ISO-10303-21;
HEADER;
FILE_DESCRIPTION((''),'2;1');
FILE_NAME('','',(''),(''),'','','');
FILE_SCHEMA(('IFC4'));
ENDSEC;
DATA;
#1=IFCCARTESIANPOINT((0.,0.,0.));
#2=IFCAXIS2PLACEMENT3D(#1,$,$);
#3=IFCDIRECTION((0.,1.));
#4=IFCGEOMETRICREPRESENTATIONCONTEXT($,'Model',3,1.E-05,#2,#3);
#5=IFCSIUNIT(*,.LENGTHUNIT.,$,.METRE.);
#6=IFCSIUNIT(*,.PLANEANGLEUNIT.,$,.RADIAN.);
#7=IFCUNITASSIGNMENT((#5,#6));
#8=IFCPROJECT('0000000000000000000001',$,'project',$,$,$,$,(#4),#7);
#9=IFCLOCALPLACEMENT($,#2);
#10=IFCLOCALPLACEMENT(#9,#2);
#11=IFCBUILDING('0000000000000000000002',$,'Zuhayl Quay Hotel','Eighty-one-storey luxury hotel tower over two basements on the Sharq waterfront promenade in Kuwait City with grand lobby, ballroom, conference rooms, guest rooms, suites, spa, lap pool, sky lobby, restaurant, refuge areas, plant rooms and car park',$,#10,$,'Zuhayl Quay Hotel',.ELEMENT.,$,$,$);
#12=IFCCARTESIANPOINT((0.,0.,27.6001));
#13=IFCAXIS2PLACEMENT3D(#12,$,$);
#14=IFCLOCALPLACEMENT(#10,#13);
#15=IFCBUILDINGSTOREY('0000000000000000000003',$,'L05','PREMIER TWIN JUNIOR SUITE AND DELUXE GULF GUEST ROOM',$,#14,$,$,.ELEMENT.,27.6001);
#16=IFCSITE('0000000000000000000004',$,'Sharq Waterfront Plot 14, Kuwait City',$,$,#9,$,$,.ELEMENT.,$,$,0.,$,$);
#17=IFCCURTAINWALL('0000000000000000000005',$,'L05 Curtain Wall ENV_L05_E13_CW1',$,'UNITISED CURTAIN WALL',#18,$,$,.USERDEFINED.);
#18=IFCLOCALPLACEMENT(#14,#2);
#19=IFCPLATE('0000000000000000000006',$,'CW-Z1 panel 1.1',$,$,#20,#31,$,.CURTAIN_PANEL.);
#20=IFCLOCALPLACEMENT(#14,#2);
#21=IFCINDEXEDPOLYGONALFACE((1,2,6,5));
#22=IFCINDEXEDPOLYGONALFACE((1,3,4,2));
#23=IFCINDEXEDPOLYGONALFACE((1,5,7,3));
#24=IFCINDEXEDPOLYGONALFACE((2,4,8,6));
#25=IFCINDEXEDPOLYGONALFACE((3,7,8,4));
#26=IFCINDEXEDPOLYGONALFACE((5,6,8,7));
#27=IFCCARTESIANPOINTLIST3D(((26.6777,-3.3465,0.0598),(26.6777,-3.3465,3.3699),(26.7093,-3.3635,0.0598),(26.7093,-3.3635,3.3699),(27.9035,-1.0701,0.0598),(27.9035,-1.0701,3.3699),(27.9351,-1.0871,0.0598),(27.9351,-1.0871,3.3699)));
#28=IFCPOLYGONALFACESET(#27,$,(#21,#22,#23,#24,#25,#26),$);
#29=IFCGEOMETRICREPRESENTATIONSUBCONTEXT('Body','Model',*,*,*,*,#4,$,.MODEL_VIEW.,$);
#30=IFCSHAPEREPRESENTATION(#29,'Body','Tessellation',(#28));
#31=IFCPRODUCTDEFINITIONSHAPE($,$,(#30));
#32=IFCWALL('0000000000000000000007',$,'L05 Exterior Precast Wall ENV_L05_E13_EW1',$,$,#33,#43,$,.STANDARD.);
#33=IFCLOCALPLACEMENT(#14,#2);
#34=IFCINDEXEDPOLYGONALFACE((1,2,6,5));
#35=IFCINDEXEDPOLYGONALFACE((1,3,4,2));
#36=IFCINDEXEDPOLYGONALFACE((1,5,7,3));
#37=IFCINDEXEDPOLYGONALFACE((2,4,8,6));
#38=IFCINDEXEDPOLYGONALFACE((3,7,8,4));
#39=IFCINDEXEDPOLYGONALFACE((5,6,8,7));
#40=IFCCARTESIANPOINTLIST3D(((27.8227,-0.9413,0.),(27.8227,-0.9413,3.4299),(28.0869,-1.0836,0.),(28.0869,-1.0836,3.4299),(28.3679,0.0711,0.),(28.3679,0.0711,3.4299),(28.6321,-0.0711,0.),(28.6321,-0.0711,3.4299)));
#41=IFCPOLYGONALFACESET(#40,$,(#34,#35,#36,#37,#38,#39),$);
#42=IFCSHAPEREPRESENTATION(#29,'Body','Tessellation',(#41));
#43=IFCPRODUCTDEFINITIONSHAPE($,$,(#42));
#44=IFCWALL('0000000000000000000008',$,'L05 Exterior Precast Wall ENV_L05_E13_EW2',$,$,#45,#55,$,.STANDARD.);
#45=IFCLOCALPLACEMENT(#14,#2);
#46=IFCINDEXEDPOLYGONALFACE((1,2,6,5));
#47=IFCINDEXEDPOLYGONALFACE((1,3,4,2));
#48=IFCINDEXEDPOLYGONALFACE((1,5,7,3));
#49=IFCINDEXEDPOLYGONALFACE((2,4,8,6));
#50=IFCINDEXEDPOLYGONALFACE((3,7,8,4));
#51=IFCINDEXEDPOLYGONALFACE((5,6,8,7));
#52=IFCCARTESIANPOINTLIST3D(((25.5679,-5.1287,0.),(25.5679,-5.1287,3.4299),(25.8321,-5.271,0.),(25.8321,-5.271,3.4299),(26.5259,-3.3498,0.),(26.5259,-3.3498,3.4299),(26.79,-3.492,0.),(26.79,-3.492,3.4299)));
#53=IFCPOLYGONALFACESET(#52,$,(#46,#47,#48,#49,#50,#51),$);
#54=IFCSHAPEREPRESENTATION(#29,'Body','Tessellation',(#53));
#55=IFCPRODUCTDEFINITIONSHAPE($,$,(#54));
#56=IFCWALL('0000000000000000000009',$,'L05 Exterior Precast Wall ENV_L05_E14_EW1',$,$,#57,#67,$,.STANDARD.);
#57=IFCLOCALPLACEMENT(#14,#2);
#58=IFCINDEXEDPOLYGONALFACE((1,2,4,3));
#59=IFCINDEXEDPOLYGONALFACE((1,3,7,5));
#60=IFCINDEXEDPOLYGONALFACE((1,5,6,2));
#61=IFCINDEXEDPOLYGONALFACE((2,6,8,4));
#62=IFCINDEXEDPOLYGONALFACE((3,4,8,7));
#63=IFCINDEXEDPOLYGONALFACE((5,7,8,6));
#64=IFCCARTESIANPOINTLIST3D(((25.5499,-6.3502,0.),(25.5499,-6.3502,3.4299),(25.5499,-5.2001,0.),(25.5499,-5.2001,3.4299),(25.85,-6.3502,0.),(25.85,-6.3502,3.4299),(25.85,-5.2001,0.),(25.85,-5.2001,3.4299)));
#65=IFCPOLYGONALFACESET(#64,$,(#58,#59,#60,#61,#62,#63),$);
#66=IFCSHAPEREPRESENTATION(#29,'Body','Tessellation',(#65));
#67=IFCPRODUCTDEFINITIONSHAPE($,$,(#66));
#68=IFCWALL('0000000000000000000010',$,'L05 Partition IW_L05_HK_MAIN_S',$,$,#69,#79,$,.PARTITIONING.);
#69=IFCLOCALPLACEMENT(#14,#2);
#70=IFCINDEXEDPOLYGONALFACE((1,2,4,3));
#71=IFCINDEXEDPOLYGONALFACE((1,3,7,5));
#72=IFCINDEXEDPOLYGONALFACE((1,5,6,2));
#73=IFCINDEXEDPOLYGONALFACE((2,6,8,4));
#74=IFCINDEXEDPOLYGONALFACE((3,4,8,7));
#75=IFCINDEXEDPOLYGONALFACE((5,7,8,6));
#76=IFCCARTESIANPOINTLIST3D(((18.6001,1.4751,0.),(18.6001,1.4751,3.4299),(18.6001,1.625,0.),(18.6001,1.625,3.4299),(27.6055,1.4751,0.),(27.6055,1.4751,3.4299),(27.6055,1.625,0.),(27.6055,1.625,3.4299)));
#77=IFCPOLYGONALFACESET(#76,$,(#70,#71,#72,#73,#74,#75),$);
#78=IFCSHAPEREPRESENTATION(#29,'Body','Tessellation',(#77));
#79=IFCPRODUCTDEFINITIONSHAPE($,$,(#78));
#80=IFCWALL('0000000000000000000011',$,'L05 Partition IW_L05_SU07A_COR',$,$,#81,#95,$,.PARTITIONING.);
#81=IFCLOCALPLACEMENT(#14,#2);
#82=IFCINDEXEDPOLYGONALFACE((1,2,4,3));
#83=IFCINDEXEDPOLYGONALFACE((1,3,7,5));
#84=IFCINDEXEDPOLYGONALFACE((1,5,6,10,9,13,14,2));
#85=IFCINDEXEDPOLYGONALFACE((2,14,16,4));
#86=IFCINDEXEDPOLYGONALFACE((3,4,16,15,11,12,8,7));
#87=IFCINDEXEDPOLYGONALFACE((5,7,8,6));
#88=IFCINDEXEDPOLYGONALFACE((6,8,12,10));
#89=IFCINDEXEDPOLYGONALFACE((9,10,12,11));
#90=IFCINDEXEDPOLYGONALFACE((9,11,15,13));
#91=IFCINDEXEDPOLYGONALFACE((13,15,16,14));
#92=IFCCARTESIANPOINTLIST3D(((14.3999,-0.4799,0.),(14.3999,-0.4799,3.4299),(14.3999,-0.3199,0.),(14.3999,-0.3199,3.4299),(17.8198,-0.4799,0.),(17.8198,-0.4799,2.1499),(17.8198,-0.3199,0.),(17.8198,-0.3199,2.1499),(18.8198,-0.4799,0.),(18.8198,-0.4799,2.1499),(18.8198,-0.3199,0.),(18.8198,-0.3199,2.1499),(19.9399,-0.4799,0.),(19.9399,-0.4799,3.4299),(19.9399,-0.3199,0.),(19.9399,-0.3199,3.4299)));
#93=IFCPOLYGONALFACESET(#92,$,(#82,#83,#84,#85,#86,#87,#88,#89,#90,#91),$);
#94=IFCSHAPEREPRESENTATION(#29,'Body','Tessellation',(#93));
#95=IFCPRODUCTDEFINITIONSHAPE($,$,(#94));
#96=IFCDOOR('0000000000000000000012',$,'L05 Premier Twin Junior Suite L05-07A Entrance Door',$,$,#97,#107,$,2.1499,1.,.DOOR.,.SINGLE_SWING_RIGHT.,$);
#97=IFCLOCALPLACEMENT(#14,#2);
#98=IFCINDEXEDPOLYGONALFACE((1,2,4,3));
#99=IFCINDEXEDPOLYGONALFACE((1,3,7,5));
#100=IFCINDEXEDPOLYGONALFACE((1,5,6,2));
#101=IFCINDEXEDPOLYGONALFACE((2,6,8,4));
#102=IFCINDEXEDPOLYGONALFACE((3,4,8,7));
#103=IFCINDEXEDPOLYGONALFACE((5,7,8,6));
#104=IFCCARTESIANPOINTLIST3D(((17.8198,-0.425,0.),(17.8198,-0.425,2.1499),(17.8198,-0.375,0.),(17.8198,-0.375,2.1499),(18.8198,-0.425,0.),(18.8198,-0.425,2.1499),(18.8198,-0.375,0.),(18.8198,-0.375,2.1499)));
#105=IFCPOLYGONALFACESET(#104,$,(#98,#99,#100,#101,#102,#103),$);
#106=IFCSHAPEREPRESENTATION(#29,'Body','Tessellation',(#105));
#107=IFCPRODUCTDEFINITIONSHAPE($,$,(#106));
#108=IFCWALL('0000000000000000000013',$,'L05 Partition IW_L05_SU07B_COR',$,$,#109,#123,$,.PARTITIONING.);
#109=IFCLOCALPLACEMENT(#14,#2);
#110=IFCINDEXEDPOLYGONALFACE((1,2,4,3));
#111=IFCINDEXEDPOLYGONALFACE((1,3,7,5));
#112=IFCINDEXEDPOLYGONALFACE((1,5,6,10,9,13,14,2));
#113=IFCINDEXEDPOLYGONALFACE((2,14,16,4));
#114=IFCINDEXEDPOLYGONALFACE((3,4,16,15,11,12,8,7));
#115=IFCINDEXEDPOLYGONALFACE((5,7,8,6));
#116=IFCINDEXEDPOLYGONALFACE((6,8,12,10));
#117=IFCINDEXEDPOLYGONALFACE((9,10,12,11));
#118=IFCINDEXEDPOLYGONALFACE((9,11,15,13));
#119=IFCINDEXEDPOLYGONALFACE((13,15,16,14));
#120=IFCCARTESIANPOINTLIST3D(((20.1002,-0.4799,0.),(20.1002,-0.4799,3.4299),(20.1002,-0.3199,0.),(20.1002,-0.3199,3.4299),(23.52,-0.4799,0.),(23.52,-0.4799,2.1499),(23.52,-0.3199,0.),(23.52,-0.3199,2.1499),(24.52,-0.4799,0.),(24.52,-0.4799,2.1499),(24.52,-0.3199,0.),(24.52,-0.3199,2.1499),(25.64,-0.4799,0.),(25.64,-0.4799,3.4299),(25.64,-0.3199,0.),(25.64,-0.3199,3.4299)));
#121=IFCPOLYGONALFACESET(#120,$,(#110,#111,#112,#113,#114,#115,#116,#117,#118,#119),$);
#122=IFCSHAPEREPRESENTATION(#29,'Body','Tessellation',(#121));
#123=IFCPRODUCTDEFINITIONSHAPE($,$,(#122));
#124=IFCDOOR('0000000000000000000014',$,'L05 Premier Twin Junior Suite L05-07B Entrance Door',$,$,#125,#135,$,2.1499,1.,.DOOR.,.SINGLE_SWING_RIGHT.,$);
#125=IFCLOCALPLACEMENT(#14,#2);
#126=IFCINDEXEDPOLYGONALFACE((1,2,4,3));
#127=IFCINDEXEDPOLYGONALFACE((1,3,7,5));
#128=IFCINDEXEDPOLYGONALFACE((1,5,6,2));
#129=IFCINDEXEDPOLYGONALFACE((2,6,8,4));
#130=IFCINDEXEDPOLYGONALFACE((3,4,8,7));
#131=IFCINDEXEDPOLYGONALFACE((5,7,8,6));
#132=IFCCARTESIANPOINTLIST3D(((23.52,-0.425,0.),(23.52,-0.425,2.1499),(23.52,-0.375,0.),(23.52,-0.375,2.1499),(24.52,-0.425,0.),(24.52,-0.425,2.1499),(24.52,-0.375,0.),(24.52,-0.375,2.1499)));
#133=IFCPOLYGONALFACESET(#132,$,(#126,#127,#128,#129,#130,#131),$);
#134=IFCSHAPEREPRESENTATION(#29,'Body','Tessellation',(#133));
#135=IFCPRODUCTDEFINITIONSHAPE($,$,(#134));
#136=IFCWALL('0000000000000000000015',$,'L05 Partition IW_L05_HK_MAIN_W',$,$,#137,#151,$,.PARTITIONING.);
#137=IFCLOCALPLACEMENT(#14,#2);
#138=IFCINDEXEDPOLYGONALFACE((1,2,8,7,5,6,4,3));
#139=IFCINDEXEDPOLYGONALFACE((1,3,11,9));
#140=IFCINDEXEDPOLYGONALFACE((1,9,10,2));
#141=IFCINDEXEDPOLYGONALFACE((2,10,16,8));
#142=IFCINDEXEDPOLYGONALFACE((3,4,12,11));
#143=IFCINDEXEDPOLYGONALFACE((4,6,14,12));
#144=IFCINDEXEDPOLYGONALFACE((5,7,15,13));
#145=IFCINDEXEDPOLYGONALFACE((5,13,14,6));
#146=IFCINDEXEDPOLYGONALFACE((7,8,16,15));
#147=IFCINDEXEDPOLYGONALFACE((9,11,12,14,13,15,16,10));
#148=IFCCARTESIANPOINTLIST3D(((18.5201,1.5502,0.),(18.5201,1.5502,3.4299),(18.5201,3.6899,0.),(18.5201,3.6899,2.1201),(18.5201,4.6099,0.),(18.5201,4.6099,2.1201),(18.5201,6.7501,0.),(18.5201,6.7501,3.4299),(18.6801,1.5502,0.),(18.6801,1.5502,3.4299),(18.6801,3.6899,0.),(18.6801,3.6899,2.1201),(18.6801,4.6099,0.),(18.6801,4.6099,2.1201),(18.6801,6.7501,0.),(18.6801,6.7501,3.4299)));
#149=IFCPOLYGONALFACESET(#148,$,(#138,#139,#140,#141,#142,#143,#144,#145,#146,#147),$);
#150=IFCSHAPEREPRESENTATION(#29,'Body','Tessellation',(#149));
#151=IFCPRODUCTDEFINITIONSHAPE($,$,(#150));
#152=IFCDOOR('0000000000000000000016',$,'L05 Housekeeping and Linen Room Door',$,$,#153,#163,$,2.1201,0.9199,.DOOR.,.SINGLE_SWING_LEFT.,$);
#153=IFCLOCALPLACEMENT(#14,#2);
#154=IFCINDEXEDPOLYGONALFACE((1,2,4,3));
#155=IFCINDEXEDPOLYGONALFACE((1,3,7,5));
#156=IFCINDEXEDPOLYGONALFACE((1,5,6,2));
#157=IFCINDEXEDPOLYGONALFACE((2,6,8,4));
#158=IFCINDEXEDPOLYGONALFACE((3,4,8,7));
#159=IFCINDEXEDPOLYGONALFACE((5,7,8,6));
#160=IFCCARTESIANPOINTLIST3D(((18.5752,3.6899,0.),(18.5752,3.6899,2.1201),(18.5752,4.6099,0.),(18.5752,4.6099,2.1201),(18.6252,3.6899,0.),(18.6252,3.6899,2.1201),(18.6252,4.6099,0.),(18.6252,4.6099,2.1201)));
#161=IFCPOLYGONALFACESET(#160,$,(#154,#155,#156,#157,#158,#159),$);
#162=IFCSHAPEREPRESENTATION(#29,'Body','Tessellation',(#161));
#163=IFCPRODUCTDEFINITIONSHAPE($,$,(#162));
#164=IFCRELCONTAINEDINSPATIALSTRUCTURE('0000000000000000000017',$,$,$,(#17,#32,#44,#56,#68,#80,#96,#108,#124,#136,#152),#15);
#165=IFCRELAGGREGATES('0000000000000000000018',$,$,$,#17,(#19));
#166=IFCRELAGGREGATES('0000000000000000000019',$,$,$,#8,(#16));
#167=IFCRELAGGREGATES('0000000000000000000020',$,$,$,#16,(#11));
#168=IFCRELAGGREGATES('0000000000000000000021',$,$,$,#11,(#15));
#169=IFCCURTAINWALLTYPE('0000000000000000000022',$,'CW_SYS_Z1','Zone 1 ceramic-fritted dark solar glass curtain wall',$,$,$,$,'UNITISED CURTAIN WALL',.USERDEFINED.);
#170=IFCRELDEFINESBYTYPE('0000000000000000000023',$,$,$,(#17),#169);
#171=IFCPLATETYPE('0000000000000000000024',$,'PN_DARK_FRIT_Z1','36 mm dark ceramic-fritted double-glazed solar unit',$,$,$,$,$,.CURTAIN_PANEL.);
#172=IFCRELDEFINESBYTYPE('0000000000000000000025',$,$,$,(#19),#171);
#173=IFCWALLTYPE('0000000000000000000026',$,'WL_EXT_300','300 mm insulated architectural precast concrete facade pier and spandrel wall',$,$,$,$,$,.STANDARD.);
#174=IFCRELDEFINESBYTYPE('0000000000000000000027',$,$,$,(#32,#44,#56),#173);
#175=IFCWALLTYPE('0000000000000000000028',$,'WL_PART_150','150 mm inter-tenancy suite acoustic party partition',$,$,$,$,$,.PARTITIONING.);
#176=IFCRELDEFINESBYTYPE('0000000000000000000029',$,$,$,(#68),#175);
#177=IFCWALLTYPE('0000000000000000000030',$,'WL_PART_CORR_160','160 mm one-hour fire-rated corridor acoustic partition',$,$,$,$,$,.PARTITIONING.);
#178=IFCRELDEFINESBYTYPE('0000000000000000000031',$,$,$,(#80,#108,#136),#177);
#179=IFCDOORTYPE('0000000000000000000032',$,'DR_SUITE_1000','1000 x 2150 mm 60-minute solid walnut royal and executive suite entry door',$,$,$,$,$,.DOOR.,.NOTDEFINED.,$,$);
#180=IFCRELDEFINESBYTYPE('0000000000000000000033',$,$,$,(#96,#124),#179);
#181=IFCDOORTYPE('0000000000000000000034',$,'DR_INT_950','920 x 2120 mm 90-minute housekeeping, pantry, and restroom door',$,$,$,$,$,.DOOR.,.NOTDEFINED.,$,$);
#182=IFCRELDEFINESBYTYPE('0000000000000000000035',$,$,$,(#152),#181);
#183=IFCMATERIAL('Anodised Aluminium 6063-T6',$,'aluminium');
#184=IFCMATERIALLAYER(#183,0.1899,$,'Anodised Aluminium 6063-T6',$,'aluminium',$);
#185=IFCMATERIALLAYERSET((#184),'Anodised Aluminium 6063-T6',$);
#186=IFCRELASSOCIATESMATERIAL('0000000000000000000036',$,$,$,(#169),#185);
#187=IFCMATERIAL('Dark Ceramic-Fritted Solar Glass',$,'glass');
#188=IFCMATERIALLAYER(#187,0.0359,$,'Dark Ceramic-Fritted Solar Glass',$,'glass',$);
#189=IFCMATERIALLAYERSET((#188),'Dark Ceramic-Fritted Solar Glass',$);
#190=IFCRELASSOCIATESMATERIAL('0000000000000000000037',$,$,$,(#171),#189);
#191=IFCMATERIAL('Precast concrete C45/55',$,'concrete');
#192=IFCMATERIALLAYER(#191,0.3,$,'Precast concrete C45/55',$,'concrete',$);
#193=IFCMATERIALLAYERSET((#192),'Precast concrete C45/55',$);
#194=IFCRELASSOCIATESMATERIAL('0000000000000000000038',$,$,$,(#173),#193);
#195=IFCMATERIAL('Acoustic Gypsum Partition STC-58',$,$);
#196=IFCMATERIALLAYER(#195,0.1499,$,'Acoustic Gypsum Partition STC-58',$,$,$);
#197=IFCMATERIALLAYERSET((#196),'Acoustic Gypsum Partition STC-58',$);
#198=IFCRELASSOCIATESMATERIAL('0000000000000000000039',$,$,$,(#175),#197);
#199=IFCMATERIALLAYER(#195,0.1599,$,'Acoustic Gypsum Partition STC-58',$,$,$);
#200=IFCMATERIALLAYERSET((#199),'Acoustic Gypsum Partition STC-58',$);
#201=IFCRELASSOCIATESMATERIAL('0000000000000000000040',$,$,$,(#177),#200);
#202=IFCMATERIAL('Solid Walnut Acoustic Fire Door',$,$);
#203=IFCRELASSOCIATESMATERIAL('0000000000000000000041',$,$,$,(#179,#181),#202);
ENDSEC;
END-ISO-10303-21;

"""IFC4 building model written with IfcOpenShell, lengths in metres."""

from ifc_helpers import new_model, si_unit, direction, frame, frame_2d, origin, origin_2d, place, context, subcontext, project, spatial, rectangle, extrude, material, layer, layer_set, type_object, element, fill, aggregate, save


model = new_model("IFC4")

# Units and contexts
model_context = context("Model", 3, precision=1e-05, world=origin(), true_north=direction((0.0, 1.0)))
body_context = subcontext(model_context, "Body", "Model", "MODEL_VIEW")
ifc_project = project(units=[si_unit("LENGTHUNIT", "METRE"), si_unit("PLANEANGLEUNIT", "RADIAN")], contexts=[model_context])

# Site, building, storey
site_placement = place(None, origin())
site = spatial("IfcSite", under=ifc_project, at=site_placement, Name="Sharq Waterfront Plot 14, Kuwait City", CompositionType="ELEMENT", RefElevation=0.0)
building_placement = place(site_placement, origin())
building = spatial("IfcBuilding", under=site, at=building_placement, Name="Zuhayl Quay Hotel", Description="Eighty-one-storey luxury hotel tower over two basements on the Sharq waterfront promenade in Kuwait City with grand lobby, ballroom, conference rooms, guest rooms, suites, spa, lap pool, sky lobby, restaurant, refuge areas, plant rooms and car park", LongName="Zuhayl Quay Hotel", CompositionType="ELEMENT")
storey_placement = place(building_placement, frame((0.0, 0.0, 27.6001)))
storey = spatial("IfcBuildingStorey", under=building, at=storey_placement, Name="L05", Description="PREMIER TWIN JUNIOR SUITE AND DELUXE GULF GUEST ROOM", CompositionType="ELEMENT", Elevation=27.6001)

# Curtain wall
ifc_material_1 = material(Name="Anodised Aluminium 6063-T6", Category="aluminium")
ifc_layer_1 = layer(ifc_material_1, 0.1899, Name="Anodised Aluminium 6063-T6", Category="aluminium")
ifc_layer_set_1 = layer_set([ifc_layer_1], Name="Anodised Aluminium 6063-T6")
curtain_wall_type = type_object("IfcCurtainWallType", Name="CW_SYS_Z1", Description="Zone 1 ceramic-fritted dark solar glass curtain wall", ElementType="UNITISED CURTAIN WALL", PredefinedType="USERDEFINED", material=ifc_layer_set_1)
curtain_wall_1_placement = place(storey_placement, origin())
curtain_wall_1 = element("IfcCurtainWall", 1, at=curtain_wall_1_placement, inside=storey, type_object=curtain_wall_type, Name="L05 Curtain Wall ENV_L05_E13_CW1", ObjectType="UNITISED CURTAIN WALL", PredefinedType="USERDEFINED")

# Plate
ifc_material_2 = material(Name="Dark Ceramic-Fritted Solar Glass", Category="glass")
ifc_layer_2 = layer(ifc_material_2, 0.0359, Name="Dark Ceramic-Fritted Solar Glass", Category="glass")
ifc_layer_set_2 = layer_set([ifc_layer_2], Name="Dark Ceramic-Fritted Solar Glass")
plate_type = type_object("IfcPlateType", Name="PN_DARK_FRIT_Z1", Description="36 mm dark ceramic-fritted double-glazed solar unit", PredefinedType="CURTAIN_PANEL", material=ifc_layer_set_2)
plate_placement = place(storey_placement, frame((27.3064, -2.2168, 0.0598), z_axis=(0.0, 0.0, 1.0), x_axis=(-0.474091, -0.880476, 0.0)))
plate = element("IfcPlate", 2, at=plate_placement, type_object=plate_type, Name="CW-Z1 panel 1.1", PredefinedType="CURTAIN_PANEL", context=body_context, shape_type="SweptSolid", body=[
    extrude(rectangle(XDim=2.5854, YDim=0.0359, at=origin_2d()), origin(), (0.0, 0.0, 1.0), 3.3101),
])
aggregate(curtain_wall_1, [plate])

# Walls
ifc_material_3 = material(Name="Precast concrete C45/55", Category="concrete")
ifc_layer_3 = layer(ifc_material_3, 0.3, Name="Precast concrete C45/55", Category="concrete")
ifc_layer_set_3 = layer_set([ifc_layer_3], Name="Precast concrete C45/55")
wall_type_1 = type_object("IfcWallType", Name="WL_EXT_300", Description="300 mm insulated architectural precast concrete facade pier and spandrel wall", PredefinedType="STANDARD", material=ifc_layer_set_3)
wall_1_placement = place(storey_placement, frame((28.5, 0.0, 0.0), z_axis=(0.0, 0.0, 1.0), x_axis=(-0.4741, -0.880471, 0.0)))
element("IfcWall", 3, at=wall_1_placement, inside=storey, type_object=wall_type_1, Name="L05 Exterior Precast Wall ENV_L05_E13_EW1", PredefinedType="STANDARD", context=body_context, shape_type="SweptSolid", body=[
    extrude(rectangle(XDim=1.1499, YDim=0.3, at=frame_2d((0.575, 0.0))), origin(), (0.0, 0.0, 1.0), 3.4299),
])
wall_2_placement = place(storey_placement, frame((26.658, -3.4209, 0.0), z_axis=(0.0, 0.0, 1.0), x_axis=(-0.474121, -0.880459, 0.0)))
element("IfcWall", 4, at=wall_2_placement, inside=storey, type_object=wall_type_1, Name="L05 Exterior Precast Wall ENV_L05_E13_EW2", PredefinedType="STANDARD", context=body_context, shape_type="SweptSolid", body=[
    extrude(rectangle(XDim=2.0205, YDim=0.3, at=frame_2d((1.0103, 0.0))), origin(), (0.0, 0.0, 1.0), 3.4299),
])
wall_3_placement = place(storey_placement, frame((25.7, -5.2, 0.0), z_axis=(0.0, 0.0, 1.0), x_axis=(0.0, -1.0, 0.0)))
element("IfcWall", 5, at=wall_3_placement, inside=storey, type_object=wall_type_1, Name="L05 Exterior Precast Wall ENV_L05_E14_EW1", PredefinedType="STANDARD", context=body_context, shape_type="SweptSolid", body=[
    extrude(rectangle(XDim=1.1501, YDim=0.3, at=frame_2d((0.5752, 0.0))), origin(), (0.0, 0.0, 1.0), 3.4299),
])
ifc_material_4 = material(Name="Acoustic Gypsum Partition STC-58")
ifc_layer_4 = layer(ifc_material_4, 0.1499, Name="Acoustic Gypsum Partition STC-58")
ifc_layer_set_4 = layer_set([ifc_layer_4], Name="Acoustic Gypsum Partition STC-58")
wall_type_2 = type_object("IfcWallType", Name="WL_PART_150", Description="150 mm inter-tenancy suite acoustic party partition", PredefinedType="PARTITIONING", material=ifc_layer_set_4)
wall_4_placement = place(storey_placement, frame((18.6001, 1.55, 0.0), z_axis=(0.0, 0.0, 1.0), x_axis=(1.0, 0.0, 0.0)))
element("IfcWall", 6, at=wall_4_placement, inside=storey, type_object=wall_type_2, Name="L05 Partition IW_L05_HK_MAIN_S", PredefinedType="PARTITIONING", context=body_context, shape_type="SweptSolid", body=[
    extrude(rectangle(XDim=9.0054, YDim=0.1499, at=frame_2d((4.5027, 0.0))), origin(), (0.0, 0.0, 1.0), 3.4299),
])

# Walls, openings, doors
ifc_layer_5 = layer(ifc_material_4, 0.1599, Name="Acoustic Gypsum Partition STC-58")
ifc_layer_set_5 = layer_set([ifc_layer_5], Name="Acoustic Gypsum Partition STC-58")
wall_type_3 = type_object("IfcWallType", Name="WL_PART_CORR_160", Description="160 mm one-hour fire-rated corridor acoustic partition", PredefinedType="PARTITIONING", material=ifc_layer_set_5)
wall_5_placement = place(storey_placement, frame((14.3999, -0.3999, 0.0), z_axis=(0.0, 0.0, 1.0), x_axis=(1.0, 0.0, 0.0)))
wall_5 = element("IfcWall", 7, at=wall_5_placement, inside=storey, type_object=wall_type_3, Name="L05 Partition IW_L05_SU07A_COR", PredefinedType="PARTITIONING", context=body_context, shape_type="SweptSolid", body=[
    extrude(rectangle(XDim=5.54, YDim=0.1599, at=frame_2d((2.77, 0.0))), origin(), (0.0, 0.0, 1.0), 3.4299),
])
opening_1_placement = place(wall_5_placement, frame((3.4199, 0.0, 0.0)))
opening_1 = element("IfcOpeningElement", 8, at=opening_1_placement, cuts=wall_5, PredefinedType="OPENING", context=body_context, shape_type="SweptSolid", body=[
    extrude(rectangle(XDim=1.0, YDim=2.1499, at=frame_2d((0.5, 1.075))), frame((0.0, 0.0898, 0.0), z_axis=(0.0, -1.0, 0.0), x_axis=(1.0, 0.0, 0.0)), (0.0, 0.0, 1.0), 0.1799),
])
ifc_material_5 = material(Name="Solid Walnut Acoustic Fire Door")
door_type_1 = type_object("IfcDoorType", Name="DR_SUITE_1000", Description="1000 x 2150 mm 60-minute solid walnut royal and executive suite entry door", OperationType="NOTDEFINED", PredefinedType="DOOR", material=ifc_material_5)
door_1_placement = place(opening_1_placement, origin())
door_1 = element("IfcDoor", 9, at=door_1_placement, inside=storey, type_object=door_type_1, Name="L05 Premier Twin Junior Suite L05-07A Entrance Door", OperationType="SINGLE_SWING_RIGHT", OverallHeight=2.1499, OverallWidth=1.0, PredefinedType="DOOR", context=body_context, shape_type="SweptSolid", body=[
    extrude(rectangle(XDim=1.0, YDim=2.1499, at=frame_2d((0.5, 1.075))), frame((0.0, 0.0249, 0.0), z_axis=(0.0, -1.0, 0.0), x_axis=(1.0, 0.0, 0.0)), (0.0, 0.0, 1.0), 0.05),
])
fill(opening_1, door_1)
wall_6_placement = place(storey_placement, frame((20.1001, -0.3999, 0.0), z_axis=(0.0, 0.0, 1.0), x_axis=(1.0, 0.0, 0.0)))
wall_6 = element("IfcWall", 10, at=wall_6_placement, inside=storey, type_object=wall_type_3, Name="L05 Partition IW_L05_SU07B_COR", PredefinedType="PARTITIONING", context=body_context, shape_type="SweptSolid", body=[
    extrude(rectangle(XDim=5.5398, YDim=0.1599, at=frame_2d((2.77, 0.0))), origin(), (0.0, 0.0, 1.0), 3.4299),
])
opening_2_placement = place(wall_6_placement, frame((3.4199, 0.0, 0.0)))
opening_2 = element("IfcOpeningElement", 11, at=opening_2_placement, cuts=wall_6, PredefinedType="OPENING", context=body_context, shape_type="SweptSolid", body=[
    extrude(rectangle(XDim=1.0, YDim=2.1499, at=frame_2d((0.5, 1.075))), frame((0.0, 0.0898, 0.0), z_axis=(0.0, -1.0, 0.0), x_axis=(1.0, 0.0, 0.0)), (0.0, 0.0, 1.0), 0.1799),
])
door_2_placement = place(opening_2_placement, origin())
door_2 = element("IfcDoor", 12, at=door_2_placement, inside=storey, type_object=door_type_1, Name="L05 Premier Twin Junior Suite L05-07B Entrance Door", OperationType="SINGLE_SWING_RIGHT", OverallHeight=2.1499, OverallWidth=1.0, PredefinedType="DOOR", context=body_context, shape_type="SweptSolid", body=[
    extrude(rectangle(XDim=1.0, YDim=2.1499, at=frame_2d((0.5, 1.075))), frame((0.0, 0.0249, 0.0), z_axis=(0.0, -1.0, 0.0), x_axis=(1.0, 0.0, 0.0)), (0.0, 0.0, 1.0), 0.05),
])
fill(opening_2, door_2)
wall_7_placement = place(storey_placement, frame((18.6001, 1.55, 0.0), z_axis=(0.0, 0.0, 1.0), x_axis=(0.0, 1.0, 0.0)))
wall_7 = element("IfcWall", 13, at=wall_7_placement, inside=storey, type_object=wall_type_3, Name="L05 Partition IW_L05_HK_MAIN_W", PredefinedType="PARTITIONING", context=body_context, shape_type="SweptSolid", body=[
    extrude(rectangle(XDim=5.2, YDim=0.1599, at=frame_2d((2.6001, 0.0))), origin(), (0.0, 0.0, 1.0), 3.4299),
])
opening_3_placement = place(wall_7_placement, frame((2.1399, 0.0, 0.0)))
opening_3 = element("IfcOpeningElement", 14, at=opening_3_placement, cuts=wall_7, PredefinedType="OPENING", context=body_context, shape_type="SweptSolid", body=[
    extrude(rectangle(XDim=0.9199, YDim=2.1201, at=frame_2d((0.46, 1.0601))), frame((0.0, 0.0898, 0.0), z_axis=(0.0, -1.0, 0.0), x_axis=(1.0, 0.0, 0.0)), (0.0, 0.0, 1.0), 0.1799),
])
door_type_2 = type_object("IfcDoorType", Name="DR_INT_950", Description="920 x 2120 mm 90-minute housekeeping, pantry, and restroom door", OperationType="NOTDEFINED", PredefinedType="DOOR", material=ifc_material_5)
door_3_placement = place(opening_3_placement, origin())
door_3 = element("IfcDoor", 15, at=door_3_placement, inside=storey, type_object=door_type_2, Name="L05 Housekeeping and Linen Room Door", OperationType="SINGLE_SWING_LEFT", OverallHeight=2.1201, OverallWidth=0.9199, PredefinedType="DOOR", context=body_context, shape_type="SweptSolid", body=[
    extrude(rectangle(XDim=0.9199, YDim=2.1201, at=frame_2d((0.46, 1.0601))), frame((0.0, 0.0249, 0.0), z_axis=(0.0, -1.0, 0.0), x_axis=(1.0, 0.0, 0.0)), (0.0, 0.0, 1.0), 0.05),
])
fill(opening_3, door_3)

save(model, "model.ifc")
